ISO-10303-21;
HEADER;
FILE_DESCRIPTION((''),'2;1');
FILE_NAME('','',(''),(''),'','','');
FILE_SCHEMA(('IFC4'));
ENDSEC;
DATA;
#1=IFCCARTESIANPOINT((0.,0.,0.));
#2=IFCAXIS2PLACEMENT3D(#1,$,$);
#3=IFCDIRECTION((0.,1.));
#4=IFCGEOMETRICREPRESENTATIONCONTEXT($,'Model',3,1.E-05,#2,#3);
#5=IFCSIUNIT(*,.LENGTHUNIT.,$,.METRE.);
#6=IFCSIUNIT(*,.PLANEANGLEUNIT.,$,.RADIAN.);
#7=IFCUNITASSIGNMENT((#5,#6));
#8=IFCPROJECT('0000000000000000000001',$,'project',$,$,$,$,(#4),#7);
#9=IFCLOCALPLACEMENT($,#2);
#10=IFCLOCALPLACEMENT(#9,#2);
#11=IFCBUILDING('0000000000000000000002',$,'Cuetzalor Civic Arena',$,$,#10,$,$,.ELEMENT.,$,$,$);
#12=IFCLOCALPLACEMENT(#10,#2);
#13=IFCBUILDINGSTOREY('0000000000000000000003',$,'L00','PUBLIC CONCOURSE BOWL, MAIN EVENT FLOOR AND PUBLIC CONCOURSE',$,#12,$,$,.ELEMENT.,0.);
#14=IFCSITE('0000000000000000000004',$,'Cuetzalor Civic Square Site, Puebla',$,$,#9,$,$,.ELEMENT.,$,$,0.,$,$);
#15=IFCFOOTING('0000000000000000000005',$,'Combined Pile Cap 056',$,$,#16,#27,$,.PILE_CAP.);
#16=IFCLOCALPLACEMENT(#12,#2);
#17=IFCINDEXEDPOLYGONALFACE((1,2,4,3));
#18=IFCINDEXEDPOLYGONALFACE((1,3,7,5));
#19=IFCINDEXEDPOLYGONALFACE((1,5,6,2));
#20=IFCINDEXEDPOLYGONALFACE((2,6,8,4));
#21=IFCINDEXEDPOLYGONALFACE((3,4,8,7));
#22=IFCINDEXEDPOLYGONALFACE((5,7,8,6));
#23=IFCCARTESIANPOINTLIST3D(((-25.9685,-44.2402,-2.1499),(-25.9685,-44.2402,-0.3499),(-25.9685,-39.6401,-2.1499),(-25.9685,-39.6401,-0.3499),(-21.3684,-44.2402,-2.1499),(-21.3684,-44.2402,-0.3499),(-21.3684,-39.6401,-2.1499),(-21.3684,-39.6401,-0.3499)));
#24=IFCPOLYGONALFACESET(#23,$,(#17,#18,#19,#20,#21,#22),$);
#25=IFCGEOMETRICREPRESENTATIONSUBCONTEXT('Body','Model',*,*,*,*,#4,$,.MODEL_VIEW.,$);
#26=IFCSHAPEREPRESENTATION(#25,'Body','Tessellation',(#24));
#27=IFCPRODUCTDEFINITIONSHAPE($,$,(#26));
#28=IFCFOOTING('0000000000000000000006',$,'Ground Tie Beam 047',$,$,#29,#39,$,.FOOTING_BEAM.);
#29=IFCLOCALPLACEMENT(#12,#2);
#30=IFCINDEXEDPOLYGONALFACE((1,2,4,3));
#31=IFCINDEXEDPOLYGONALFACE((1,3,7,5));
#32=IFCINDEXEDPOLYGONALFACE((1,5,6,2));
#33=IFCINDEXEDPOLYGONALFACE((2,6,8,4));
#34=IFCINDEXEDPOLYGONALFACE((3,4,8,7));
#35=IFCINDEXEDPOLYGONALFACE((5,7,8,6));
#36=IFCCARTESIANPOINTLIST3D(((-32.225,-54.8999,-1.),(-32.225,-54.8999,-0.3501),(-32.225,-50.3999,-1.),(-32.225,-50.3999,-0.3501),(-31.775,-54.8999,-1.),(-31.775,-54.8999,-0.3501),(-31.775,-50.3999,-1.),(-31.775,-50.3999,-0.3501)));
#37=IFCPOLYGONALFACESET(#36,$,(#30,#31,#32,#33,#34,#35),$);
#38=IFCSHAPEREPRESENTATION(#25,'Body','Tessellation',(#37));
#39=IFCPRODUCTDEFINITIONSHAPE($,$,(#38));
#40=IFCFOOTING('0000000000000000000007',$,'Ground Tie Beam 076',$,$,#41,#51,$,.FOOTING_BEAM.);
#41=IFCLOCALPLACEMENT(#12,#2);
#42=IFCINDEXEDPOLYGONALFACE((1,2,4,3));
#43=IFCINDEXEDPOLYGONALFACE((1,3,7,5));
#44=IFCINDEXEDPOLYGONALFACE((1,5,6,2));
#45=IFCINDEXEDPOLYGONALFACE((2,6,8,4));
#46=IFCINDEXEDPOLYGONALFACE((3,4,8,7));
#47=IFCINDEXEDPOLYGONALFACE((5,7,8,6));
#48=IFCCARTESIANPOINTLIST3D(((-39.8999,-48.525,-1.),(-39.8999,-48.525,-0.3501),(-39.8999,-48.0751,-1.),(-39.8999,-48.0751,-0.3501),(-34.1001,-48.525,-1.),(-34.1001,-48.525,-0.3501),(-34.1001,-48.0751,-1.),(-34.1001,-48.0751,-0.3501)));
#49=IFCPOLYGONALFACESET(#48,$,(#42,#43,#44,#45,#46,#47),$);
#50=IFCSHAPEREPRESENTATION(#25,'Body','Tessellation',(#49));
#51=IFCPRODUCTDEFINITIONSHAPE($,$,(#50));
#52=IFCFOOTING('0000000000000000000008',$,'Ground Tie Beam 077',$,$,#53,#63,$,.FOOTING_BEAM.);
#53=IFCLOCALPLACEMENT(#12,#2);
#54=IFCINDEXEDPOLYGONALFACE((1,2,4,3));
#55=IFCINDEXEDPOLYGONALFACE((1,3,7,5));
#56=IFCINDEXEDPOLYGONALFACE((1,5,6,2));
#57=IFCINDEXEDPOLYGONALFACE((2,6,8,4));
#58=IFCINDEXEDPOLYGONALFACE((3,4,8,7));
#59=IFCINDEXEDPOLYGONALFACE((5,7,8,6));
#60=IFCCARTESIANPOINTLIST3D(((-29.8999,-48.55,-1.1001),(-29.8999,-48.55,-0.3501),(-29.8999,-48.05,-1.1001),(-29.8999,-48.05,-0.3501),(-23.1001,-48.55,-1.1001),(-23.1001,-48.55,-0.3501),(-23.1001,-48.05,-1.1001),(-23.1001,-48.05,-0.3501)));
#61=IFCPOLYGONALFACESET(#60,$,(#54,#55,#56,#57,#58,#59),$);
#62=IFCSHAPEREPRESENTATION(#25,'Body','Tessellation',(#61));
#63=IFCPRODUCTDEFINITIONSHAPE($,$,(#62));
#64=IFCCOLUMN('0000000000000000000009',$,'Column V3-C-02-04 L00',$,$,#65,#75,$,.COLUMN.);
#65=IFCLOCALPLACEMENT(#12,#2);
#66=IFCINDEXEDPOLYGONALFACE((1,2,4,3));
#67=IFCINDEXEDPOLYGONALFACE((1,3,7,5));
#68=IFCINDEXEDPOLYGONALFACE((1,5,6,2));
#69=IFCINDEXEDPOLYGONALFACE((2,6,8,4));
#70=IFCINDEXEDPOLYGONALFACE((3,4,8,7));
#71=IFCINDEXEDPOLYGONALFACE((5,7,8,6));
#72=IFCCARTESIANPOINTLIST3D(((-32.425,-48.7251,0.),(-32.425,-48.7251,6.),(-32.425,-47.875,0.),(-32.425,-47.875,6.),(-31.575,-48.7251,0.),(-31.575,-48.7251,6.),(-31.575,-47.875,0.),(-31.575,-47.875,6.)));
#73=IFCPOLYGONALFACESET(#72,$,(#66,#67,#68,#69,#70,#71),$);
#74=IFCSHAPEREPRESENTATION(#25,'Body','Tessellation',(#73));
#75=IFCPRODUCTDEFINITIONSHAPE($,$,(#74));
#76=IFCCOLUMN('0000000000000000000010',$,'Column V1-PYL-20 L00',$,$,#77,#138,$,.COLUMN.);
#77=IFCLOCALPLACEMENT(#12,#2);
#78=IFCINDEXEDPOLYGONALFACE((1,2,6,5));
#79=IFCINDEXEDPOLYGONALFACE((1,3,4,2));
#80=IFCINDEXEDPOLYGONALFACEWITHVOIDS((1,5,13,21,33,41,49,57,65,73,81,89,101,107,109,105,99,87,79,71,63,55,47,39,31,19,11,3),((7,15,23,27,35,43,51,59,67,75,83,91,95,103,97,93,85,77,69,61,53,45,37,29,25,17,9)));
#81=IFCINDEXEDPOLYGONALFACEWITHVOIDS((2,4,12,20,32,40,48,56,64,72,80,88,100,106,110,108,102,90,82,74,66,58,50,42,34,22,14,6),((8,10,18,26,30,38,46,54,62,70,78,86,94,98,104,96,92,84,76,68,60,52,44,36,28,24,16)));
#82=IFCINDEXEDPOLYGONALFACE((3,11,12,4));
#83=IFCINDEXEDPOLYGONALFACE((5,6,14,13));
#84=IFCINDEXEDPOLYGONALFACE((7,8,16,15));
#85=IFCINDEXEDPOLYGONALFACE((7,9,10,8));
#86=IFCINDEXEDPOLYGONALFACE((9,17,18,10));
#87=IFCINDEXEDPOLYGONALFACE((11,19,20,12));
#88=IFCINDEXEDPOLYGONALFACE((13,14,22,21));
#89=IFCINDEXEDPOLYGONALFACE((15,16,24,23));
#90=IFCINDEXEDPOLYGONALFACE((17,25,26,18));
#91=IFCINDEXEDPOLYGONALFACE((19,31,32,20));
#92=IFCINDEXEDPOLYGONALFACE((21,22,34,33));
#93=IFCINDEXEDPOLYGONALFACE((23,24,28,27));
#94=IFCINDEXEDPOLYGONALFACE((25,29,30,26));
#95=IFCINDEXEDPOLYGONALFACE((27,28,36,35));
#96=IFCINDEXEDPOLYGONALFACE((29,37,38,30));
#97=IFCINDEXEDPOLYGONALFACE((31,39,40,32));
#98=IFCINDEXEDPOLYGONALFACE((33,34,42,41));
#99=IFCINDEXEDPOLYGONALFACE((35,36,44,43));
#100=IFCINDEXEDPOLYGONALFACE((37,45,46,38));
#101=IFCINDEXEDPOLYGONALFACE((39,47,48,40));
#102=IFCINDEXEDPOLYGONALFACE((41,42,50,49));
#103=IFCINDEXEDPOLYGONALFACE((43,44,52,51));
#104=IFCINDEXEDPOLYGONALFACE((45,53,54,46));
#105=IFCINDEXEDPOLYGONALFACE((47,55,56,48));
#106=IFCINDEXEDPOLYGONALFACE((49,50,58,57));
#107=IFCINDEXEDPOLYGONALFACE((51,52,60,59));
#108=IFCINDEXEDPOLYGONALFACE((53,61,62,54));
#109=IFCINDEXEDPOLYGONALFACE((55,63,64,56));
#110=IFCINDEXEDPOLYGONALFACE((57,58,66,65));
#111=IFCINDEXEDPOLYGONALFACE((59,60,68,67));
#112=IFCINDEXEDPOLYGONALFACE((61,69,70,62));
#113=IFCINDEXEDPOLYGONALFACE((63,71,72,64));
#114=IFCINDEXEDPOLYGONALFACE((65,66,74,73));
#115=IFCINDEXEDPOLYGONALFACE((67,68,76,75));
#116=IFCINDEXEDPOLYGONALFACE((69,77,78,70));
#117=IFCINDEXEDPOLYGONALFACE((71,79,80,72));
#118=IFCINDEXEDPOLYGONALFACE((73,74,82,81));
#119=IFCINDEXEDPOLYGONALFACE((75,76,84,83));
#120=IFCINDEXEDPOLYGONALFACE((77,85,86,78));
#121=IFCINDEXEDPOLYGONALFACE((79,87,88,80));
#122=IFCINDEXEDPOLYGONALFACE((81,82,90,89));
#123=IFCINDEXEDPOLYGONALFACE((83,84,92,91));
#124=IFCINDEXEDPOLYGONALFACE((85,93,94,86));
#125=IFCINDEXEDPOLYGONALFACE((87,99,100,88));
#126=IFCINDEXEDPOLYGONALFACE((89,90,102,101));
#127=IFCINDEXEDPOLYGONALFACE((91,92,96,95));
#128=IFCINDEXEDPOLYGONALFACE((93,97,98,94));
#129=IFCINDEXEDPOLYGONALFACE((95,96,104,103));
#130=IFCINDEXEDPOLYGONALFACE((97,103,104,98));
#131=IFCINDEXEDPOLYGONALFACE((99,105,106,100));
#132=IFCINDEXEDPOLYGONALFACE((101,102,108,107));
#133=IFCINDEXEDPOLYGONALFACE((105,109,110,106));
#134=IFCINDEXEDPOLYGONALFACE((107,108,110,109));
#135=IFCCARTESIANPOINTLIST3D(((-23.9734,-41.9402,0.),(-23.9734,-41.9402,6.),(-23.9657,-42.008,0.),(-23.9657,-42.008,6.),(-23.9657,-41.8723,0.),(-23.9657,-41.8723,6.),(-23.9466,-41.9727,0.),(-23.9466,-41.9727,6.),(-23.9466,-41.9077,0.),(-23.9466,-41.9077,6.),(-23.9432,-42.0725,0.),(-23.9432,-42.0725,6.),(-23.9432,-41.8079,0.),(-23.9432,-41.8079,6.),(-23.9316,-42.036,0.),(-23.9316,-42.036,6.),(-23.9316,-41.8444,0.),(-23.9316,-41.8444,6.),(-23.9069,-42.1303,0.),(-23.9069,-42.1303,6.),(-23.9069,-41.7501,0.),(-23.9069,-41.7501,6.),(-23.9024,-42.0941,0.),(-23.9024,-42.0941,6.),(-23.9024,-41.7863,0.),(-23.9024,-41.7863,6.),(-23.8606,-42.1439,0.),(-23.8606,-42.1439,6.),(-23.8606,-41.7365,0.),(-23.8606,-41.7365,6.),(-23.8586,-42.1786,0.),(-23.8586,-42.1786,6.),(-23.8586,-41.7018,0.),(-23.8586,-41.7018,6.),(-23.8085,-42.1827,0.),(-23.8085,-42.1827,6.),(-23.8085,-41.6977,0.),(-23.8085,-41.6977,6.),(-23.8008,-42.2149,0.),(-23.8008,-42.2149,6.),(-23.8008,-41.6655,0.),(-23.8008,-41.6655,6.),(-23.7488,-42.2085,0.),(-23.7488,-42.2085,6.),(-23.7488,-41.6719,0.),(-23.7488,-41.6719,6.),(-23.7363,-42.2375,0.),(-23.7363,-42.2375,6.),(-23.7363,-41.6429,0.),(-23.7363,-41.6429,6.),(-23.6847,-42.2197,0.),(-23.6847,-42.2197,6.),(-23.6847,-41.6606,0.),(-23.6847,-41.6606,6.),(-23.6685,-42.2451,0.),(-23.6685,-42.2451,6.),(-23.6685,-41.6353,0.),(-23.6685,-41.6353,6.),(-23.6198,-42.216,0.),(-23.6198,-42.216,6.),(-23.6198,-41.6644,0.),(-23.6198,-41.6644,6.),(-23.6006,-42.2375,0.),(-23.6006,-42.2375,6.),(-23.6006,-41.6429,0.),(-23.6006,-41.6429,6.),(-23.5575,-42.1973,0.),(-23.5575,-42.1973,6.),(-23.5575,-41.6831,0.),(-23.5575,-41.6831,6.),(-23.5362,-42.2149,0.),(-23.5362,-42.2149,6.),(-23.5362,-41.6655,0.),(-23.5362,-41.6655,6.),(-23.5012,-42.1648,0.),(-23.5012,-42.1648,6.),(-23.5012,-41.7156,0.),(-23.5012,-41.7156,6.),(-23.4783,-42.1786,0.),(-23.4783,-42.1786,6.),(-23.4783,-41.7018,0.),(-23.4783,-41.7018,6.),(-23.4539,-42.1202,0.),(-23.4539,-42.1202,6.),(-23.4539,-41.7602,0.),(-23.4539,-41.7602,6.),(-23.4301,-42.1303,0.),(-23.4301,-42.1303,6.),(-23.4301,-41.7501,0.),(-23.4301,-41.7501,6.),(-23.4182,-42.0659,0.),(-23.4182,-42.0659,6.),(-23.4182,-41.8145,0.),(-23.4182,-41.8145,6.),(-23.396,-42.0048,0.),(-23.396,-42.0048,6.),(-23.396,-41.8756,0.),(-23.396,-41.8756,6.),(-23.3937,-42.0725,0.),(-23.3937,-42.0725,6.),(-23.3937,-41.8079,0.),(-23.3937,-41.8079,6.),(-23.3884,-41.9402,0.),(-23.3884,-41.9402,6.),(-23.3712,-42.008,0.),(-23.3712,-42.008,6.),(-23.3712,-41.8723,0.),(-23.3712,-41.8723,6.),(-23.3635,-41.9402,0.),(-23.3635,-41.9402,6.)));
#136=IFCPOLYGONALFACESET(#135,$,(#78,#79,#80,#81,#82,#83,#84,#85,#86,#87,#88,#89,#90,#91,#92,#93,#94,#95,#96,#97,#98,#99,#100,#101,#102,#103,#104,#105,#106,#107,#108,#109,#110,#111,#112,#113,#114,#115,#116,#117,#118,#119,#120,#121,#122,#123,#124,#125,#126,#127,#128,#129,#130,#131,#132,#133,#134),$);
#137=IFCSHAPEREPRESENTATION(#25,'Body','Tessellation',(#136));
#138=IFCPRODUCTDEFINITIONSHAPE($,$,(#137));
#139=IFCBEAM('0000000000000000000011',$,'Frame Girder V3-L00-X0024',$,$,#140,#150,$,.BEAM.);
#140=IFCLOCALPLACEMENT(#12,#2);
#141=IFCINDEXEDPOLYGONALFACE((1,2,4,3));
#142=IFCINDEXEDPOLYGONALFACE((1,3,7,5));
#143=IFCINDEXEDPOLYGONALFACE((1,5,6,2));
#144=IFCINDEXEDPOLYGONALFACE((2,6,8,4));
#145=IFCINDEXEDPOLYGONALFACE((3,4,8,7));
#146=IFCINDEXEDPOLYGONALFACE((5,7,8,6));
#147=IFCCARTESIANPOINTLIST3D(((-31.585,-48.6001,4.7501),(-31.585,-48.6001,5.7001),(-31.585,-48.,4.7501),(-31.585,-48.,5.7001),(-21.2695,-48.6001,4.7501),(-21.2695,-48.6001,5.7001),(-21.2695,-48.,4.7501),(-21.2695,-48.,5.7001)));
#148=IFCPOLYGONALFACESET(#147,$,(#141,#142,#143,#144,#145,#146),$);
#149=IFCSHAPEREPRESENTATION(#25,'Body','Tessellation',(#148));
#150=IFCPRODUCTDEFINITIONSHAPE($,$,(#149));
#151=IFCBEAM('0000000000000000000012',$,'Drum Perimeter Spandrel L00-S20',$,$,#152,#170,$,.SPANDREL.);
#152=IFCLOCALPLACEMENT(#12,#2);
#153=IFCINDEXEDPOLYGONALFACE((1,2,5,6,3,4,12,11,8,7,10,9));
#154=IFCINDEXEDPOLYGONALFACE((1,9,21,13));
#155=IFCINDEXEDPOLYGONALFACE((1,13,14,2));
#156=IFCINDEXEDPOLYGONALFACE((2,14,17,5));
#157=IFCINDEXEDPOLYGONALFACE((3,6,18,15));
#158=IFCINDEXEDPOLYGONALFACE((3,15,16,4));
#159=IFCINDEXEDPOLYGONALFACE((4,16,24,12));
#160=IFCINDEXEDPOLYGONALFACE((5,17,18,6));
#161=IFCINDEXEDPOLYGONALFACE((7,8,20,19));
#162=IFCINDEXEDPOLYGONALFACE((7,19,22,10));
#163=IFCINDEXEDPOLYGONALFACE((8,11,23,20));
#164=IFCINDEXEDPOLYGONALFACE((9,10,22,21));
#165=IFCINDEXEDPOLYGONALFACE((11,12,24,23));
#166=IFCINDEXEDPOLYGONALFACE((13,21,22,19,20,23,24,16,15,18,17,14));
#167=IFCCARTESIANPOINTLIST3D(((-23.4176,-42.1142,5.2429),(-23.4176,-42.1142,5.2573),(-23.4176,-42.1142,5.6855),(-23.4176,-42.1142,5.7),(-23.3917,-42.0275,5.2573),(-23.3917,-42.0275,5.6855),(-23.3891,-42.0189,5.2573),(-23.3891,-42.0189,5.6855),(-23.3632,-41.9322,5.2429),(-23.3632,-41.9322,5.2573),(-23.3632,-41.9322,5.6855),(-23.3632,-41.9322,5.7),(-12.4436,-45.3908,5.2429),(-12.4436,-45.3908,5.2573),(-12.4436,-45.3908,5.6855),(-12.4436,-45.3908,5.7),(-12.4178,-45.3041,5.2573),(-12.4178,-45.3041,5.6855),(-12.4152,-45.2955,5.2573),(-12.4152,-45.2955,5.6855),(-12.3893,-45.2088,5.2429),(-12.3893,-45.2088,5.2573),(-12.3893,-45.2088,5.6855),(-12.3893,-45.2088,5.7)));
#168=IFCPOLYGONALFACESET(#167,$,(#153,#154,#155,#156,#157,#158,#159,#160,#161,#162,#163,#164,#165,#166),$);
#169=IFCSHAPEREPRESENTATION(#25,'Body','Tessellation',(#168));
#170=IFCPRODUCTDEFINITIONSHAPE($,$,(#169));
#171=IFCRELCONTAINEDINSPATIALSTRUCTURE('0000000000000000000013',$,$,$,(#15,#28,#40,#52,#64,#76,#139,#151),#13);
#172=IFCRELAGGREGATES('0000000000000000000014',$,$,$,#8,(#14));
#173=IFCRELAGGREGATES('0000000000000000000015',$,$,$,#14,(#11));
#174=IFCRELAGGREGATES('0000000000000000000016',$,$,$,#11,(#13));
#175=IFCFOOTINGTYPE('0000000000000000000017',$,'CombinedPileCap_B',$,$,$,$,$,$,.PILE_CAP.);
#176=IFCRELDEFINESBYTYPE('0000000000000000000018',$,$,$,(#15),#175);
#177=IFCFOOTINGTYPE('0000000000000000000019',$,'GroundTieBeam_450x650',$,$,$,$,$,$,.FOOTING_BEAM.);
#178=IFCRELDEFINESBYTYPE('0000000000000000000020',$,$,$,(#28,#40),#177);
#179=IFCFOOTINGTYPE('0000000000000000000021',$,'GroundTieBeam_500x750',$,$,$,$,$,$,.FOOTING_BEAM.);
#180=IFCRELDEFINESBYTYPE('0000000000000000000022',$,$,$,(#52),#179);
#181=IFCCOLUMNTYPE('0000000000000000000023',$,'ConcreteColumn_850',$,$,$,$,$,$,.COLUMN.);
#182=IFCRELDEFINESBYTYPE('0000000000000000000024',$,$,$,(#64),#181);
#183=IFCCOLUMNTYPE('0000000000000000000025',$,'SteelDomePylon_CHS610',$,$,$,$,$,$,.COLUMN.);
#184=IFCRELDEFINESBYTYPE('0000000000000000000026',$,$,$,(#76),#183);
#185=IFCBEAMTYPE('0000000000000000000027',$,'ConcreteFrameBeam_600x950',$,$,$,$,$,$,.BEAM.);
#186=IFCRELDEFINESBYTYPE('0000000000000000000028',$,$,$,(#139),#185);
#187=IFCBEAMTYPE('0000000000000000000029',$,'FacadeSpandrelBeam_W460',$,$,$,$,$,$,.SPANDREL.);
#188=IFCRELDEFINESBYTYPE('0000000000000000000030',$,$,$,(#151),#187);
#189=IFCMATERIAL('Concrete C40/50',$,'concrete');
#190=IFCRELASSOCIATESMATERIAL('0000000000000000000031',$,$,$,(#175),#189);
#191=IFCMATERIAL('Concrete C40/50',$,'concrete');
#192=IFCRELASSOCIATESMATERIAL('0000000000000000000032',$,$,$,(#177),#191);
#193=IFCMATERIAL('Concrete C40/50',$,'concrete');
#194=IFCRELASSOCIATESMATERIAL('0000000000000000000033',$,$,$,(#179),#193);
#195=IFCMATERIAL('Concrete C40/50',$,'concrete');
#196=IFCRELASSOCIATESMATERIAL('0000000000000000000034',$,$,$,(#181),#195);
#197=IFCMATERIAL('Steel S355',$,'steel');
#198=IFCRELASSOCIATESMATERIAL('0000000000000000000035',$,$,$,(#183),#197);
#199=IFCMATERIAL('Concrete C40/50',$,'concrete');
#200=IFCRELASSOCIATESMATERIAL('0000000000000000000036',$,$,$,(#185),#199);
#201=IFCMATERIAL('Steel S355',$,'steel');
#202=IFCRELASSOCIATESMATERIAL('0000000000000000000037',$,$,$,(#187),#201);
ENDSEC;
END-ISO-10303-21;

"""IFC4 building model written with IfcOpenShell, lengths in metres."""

from ifc_helpers import new_model, si_unit, direction, frame, origin, origin_2d, place, context, subcontext, project, spatial, rectangle, hollow_circle, i_section, extrude, material, material_profile, profile_set, type_object, element, save


model = new_model("IFC4")

# Units and contexts
model_context = context("Model", 3, precision=1e-05, world=origin(), true_north=direction((0.0, 1.0)))
body_context = subcontext(model_context, "Body", "Model", "MODEL_VIEW")
ifc_project = project(units=[si_unit("LENGTHUNIT", "METRE"), si_unit("PLANEANGLEUNIT", "RADIAN")], contexts=[model_context])

# Site, building, storey
site_placement = place(None, origin())
site = spatial("IfcSite", under=ifc_project, at=site_placement, Name="Cuetzalor Civic Square Site, Puebla", CompositionType="ELEMENT", RefElevation=0.0)
building_placement = place(site_placement, origin())
building = spatial("IfcBuilding", under=site, at=building_placement, Name="Cuetzalor Civic Arena", CompositionType="ELEMENT")
storey_placement = place(building_placement, origin())
storey = spatial("IfcBuildingStorey", under=building, at=storey_placement, Name="L00", Description="PUBLIC CONCOURSE BOWL, MAIN EVENT FLOOR AND PUBLIC CONCOURSE", CompositionType="ELEMENT", Elevation=0.0)

# Footings
ifc_material_1 = material(Name="Concrete C40/50", Category="concrete")
footing_type_1 = type_object("IfcFootingType", Name="CombinedPileCap_B", PredefinedType="PILE_CAP", material=ifc_material_1)
footing_1_placement = place(storey_placement, frame((-23.6685, -41.9402, -2.1499), z_axis=(0.0, 0.0, 1.0), x_axis=(1.0, 0.0, 0.0)))
element("IfcFooting", 1, at=footing_1_placement, inside=storey, type_object=footing_type_1, Name="Combined Pile Cap 056", PredefinedType="PILE_CAP", context=body_context, shape_type="SweptSolid", body=[
    extrude(rectangle(XDim=4.6001, YDim=4.6001, at=origin_2d()), origin(), (0.0, 0.0, 1.0), 1.8),
])
ifc_material_2 = material(Name="Concrete C40/50", Category="concrete")
ifc_material_profile_1 = material_profile(ifc_material_2, rectangle(XDim=0.45, YDim=0.6499, at=origin_2d()), Name="RC 450x650")
ifc_profile_set_1 = profile_set([ifc_material_profile_1], Name="Concrete C40/50")
footing_type_2 = type_object("IfcFootingType", Name="GroundTieBeam_450x650", PredefinedType="FOOTING_BEAM", material=ifc_profile_set_1)
footing_2_placement = place(storey_placement, frame((-32.0, -54.8999, -0.675), z_axis=(0.0, 1.0, 0.0), x_axis=(-1.0, 0.0, 0.0)))
element("IfcFooting", 2, at=footing_2_placement, inside=storey, type_object=footing_type_2, Name="Ground Tie Beam 047", PredefinedType="FOOTING_BEAM", context=body_context, shape_type="SweptSolid", body=[
    extrude(rectangle(XDim=0.45, YDim=0.6499, at=origin_2d()), origin(), (0.0, 0.0, 1.0), 4.5),
])
footing_3_placement = place(storey_placement, frame((-39.8999, -48.3, -0.675), z_axis=(1.0, 0.0, 0.0), x_axis=(0.0, 1.0, 0.0)))
element("IfcFooting", 3, at=footing_3_placement, inside=storey, type_object=footing_type_2, Name="Ground Tie Beam 076", PredefinedType="FOOTING_BEAM", context=body_context, shape_type="SweptSolid", body=[
    extrude(rectangle(XDim=0.45, YDim=0.6499, at=origin_2d()), origin(), (0.0, 0.0, 1.0), 5.7998),
])
ifc_material_3 = material(Name="Concrete C40/50", Category="concrete")
ifc_material_profile_2 = material_profile(ifc_material_3, rectangle(XDim=0.5, YDim=0.75, at=origin_2d()), Name="RC 500x750")
ifc_profile_set_2 = profile_set([ifc_material_profile_2], Name="Concrete C40/50")
footing_type_3 = type_object("IfcFootingType", Name="GroundTieBeam_500x750", PredefinedType="FOOTING_BEAM", material=ifc_profile_set_2)
footing_4_placement = place(storey_placement, frame((-29.8999, -48.3, -0.7251), z_axis=(1.0, 0.0, 0.0), x_axis=(0.0, 1.0, 0.0)))
element("IfcFooting", 4, at=footing_4_placement, inside=storey, type_object=footing_type_3, Name="Ground Tie Beam 077", PredefinedType="FOOTING_BEAM", context=body_context, shape_type="SweptSolid", body=[
    extrude(rectangle(XDim=0.5, YDim=0.75, at=origin_2d()), origin(), (0.0, 0.0, 1.0), 6.7998),
])

# Columns
ifc_material_4 = material(Name="Concrete C40/50", Category="concrete")
ifc_material_profile_3 = material_profile(ifc_material_4, rectangle(XDim=0.8501, YDim=0.8501, at=origin_2d()), Name="RC 850x850")
ifc_profile_set_3 = profile_set([ifc_material_profile_3], Name="Concrete C40/50")
column_type_1 = type_object("IfcColumnType", Name="ConcreteColumn_850", PredefinedType="COLUMN", material=ifc_profile_set_3)
column_1_placement = place(storey_placement, frame((-32.0, -48.3, 0.0), z_axis=(0.0, 0.0, 1.0), x_axis=(1.0, 0.0, 0.0)))
element("IfcColumn", 5, at=column_1_placement, inside=storey, type_object=column_type_1, Name="Column V3-C-02-04 L00", PredefinedType="COLUMN", context=body_context, shape_type="SweptSolid", body=[
    extrude(rectangle(XDim=0.8501, YDim=0.8501, at=origin_2d()), origin(), (0.0, 0.0, 1.0), 6.0),
])
ifc_material_5 = material(Name="Steel S355", Category="steel")
ifc_material_profile_4 = material_profile(ifc_material_5, hollow_circle(Radius=0.3049, WallThickness=0.0249, at=origin_2d()), Name="CHS 610x25")
ifc_profile_set_4 = profile_set([ifc_material_profile_4], Name="Steel S355")
column_type_2 = type_object("IfcColumnType", Name="SteelDomePylon_CHS610", PredefinedType="COLUMN", material=ifc_profile_set_4)
column_2_placement = place(storey_placement, frame((-23.6685, -41.9402, 0.0), z_axis=(0.0, 0.0, 1.0), x_axis=(1.0, 0.0, 0.0)))
element("IfcColumn", 6, at=column_2_placement, inside=storey, type_object=column_type_2, Name="Column V1-PYL-20 L00", PredefinedType="COLUMN", context=body_context, shape_type="SweptSolid", body=[
    extrude(hollow_circle(Radius=0.3049, WallThickness=0.0249, at=origin_2d()), origin(), (0.0, 0.0, 1.0), 6.0),
])

# Beams
ifc_material_6 = material(Name="Concrete C40/50", Category="concrete")
ifc_material_profile_5 = material_profile(ifc_material_6, rectangle(XDim=0.6001, YDim=0.95, at=origin_2d()), Name="RC 600x950")
ifc_profile_set_5 = profile_set([ifc_material_profile_5], Name="Concrete C40/50")
beam_type_1 = type_object("IfcBeamType", Name="ConcreteFrameBeam_600x950", PredefinedType="BEAM", material=ifc_profile_set_5)
beam_1_placement = place(storey_placement, frame((-31.585, -48.3, 5.2251), z_axis=(1.0, 0.0, 0.0), x_axis=(0.0, 1.0, 0.0)))
element("IfcBeam", 7, at=beam_1_placement, inside=storey, type_object=beam_type_1, Name="Frame Girder V3-L00-X0024", PredefinedType="BEAM", context=body_context, shape_type="SweptSolid", body=[
    extrude(rectangle(XDim=0.6001, YDim=0.95, at=origin_2d()), origin(), (0.0, 0.0, 1.0), 10.3154),
])
ifc_material_7 = material(Name="Steel S355", Category="steel")
ifc_material_profile_6 = material_profile(ifc_material_7, i_section(OverallWidth=0.1899, OverallDepth=0.457, WebThickness=0.009, FlangeThickness=0.0144, at=origin_2d()), Name="W460x74")
ifc_profile_set_6 = profile_set([ifc_material_profile_6], Name="Steel S355")
beam_type_2 = type_object("IfcBeamType", Name="FacadeSpandrelBeam_W460", PredefinedType="SPANDREL", material=ifc_profile_set_6)
beam_2_placement = place(storey_placement, frame((-23.3904, -42.0232, 5.4714), z_axis=(0.958199, -0.286102, 0.0), x_axis=(0.286102, 0.958199, 0.0)))
element("IfcBeam", 8, at=beam_2_placement, inside=storey, type_object=beam_type_2, Name="Drum Perimeter Spandrel L00-S20", PredefinedType="SPANDREL", context=body_context, shape_type="SweptSolid", body=[
    extrude(i_section(OverallWidth=0.1899, OverallDepth=0.457, WebThickness=0.009, FlangeThickness=0.0144, at=origin_2d()), origin(), (0.0, 0.0, 1.0), 11.4526),
])

save(model, "model.ifc")
